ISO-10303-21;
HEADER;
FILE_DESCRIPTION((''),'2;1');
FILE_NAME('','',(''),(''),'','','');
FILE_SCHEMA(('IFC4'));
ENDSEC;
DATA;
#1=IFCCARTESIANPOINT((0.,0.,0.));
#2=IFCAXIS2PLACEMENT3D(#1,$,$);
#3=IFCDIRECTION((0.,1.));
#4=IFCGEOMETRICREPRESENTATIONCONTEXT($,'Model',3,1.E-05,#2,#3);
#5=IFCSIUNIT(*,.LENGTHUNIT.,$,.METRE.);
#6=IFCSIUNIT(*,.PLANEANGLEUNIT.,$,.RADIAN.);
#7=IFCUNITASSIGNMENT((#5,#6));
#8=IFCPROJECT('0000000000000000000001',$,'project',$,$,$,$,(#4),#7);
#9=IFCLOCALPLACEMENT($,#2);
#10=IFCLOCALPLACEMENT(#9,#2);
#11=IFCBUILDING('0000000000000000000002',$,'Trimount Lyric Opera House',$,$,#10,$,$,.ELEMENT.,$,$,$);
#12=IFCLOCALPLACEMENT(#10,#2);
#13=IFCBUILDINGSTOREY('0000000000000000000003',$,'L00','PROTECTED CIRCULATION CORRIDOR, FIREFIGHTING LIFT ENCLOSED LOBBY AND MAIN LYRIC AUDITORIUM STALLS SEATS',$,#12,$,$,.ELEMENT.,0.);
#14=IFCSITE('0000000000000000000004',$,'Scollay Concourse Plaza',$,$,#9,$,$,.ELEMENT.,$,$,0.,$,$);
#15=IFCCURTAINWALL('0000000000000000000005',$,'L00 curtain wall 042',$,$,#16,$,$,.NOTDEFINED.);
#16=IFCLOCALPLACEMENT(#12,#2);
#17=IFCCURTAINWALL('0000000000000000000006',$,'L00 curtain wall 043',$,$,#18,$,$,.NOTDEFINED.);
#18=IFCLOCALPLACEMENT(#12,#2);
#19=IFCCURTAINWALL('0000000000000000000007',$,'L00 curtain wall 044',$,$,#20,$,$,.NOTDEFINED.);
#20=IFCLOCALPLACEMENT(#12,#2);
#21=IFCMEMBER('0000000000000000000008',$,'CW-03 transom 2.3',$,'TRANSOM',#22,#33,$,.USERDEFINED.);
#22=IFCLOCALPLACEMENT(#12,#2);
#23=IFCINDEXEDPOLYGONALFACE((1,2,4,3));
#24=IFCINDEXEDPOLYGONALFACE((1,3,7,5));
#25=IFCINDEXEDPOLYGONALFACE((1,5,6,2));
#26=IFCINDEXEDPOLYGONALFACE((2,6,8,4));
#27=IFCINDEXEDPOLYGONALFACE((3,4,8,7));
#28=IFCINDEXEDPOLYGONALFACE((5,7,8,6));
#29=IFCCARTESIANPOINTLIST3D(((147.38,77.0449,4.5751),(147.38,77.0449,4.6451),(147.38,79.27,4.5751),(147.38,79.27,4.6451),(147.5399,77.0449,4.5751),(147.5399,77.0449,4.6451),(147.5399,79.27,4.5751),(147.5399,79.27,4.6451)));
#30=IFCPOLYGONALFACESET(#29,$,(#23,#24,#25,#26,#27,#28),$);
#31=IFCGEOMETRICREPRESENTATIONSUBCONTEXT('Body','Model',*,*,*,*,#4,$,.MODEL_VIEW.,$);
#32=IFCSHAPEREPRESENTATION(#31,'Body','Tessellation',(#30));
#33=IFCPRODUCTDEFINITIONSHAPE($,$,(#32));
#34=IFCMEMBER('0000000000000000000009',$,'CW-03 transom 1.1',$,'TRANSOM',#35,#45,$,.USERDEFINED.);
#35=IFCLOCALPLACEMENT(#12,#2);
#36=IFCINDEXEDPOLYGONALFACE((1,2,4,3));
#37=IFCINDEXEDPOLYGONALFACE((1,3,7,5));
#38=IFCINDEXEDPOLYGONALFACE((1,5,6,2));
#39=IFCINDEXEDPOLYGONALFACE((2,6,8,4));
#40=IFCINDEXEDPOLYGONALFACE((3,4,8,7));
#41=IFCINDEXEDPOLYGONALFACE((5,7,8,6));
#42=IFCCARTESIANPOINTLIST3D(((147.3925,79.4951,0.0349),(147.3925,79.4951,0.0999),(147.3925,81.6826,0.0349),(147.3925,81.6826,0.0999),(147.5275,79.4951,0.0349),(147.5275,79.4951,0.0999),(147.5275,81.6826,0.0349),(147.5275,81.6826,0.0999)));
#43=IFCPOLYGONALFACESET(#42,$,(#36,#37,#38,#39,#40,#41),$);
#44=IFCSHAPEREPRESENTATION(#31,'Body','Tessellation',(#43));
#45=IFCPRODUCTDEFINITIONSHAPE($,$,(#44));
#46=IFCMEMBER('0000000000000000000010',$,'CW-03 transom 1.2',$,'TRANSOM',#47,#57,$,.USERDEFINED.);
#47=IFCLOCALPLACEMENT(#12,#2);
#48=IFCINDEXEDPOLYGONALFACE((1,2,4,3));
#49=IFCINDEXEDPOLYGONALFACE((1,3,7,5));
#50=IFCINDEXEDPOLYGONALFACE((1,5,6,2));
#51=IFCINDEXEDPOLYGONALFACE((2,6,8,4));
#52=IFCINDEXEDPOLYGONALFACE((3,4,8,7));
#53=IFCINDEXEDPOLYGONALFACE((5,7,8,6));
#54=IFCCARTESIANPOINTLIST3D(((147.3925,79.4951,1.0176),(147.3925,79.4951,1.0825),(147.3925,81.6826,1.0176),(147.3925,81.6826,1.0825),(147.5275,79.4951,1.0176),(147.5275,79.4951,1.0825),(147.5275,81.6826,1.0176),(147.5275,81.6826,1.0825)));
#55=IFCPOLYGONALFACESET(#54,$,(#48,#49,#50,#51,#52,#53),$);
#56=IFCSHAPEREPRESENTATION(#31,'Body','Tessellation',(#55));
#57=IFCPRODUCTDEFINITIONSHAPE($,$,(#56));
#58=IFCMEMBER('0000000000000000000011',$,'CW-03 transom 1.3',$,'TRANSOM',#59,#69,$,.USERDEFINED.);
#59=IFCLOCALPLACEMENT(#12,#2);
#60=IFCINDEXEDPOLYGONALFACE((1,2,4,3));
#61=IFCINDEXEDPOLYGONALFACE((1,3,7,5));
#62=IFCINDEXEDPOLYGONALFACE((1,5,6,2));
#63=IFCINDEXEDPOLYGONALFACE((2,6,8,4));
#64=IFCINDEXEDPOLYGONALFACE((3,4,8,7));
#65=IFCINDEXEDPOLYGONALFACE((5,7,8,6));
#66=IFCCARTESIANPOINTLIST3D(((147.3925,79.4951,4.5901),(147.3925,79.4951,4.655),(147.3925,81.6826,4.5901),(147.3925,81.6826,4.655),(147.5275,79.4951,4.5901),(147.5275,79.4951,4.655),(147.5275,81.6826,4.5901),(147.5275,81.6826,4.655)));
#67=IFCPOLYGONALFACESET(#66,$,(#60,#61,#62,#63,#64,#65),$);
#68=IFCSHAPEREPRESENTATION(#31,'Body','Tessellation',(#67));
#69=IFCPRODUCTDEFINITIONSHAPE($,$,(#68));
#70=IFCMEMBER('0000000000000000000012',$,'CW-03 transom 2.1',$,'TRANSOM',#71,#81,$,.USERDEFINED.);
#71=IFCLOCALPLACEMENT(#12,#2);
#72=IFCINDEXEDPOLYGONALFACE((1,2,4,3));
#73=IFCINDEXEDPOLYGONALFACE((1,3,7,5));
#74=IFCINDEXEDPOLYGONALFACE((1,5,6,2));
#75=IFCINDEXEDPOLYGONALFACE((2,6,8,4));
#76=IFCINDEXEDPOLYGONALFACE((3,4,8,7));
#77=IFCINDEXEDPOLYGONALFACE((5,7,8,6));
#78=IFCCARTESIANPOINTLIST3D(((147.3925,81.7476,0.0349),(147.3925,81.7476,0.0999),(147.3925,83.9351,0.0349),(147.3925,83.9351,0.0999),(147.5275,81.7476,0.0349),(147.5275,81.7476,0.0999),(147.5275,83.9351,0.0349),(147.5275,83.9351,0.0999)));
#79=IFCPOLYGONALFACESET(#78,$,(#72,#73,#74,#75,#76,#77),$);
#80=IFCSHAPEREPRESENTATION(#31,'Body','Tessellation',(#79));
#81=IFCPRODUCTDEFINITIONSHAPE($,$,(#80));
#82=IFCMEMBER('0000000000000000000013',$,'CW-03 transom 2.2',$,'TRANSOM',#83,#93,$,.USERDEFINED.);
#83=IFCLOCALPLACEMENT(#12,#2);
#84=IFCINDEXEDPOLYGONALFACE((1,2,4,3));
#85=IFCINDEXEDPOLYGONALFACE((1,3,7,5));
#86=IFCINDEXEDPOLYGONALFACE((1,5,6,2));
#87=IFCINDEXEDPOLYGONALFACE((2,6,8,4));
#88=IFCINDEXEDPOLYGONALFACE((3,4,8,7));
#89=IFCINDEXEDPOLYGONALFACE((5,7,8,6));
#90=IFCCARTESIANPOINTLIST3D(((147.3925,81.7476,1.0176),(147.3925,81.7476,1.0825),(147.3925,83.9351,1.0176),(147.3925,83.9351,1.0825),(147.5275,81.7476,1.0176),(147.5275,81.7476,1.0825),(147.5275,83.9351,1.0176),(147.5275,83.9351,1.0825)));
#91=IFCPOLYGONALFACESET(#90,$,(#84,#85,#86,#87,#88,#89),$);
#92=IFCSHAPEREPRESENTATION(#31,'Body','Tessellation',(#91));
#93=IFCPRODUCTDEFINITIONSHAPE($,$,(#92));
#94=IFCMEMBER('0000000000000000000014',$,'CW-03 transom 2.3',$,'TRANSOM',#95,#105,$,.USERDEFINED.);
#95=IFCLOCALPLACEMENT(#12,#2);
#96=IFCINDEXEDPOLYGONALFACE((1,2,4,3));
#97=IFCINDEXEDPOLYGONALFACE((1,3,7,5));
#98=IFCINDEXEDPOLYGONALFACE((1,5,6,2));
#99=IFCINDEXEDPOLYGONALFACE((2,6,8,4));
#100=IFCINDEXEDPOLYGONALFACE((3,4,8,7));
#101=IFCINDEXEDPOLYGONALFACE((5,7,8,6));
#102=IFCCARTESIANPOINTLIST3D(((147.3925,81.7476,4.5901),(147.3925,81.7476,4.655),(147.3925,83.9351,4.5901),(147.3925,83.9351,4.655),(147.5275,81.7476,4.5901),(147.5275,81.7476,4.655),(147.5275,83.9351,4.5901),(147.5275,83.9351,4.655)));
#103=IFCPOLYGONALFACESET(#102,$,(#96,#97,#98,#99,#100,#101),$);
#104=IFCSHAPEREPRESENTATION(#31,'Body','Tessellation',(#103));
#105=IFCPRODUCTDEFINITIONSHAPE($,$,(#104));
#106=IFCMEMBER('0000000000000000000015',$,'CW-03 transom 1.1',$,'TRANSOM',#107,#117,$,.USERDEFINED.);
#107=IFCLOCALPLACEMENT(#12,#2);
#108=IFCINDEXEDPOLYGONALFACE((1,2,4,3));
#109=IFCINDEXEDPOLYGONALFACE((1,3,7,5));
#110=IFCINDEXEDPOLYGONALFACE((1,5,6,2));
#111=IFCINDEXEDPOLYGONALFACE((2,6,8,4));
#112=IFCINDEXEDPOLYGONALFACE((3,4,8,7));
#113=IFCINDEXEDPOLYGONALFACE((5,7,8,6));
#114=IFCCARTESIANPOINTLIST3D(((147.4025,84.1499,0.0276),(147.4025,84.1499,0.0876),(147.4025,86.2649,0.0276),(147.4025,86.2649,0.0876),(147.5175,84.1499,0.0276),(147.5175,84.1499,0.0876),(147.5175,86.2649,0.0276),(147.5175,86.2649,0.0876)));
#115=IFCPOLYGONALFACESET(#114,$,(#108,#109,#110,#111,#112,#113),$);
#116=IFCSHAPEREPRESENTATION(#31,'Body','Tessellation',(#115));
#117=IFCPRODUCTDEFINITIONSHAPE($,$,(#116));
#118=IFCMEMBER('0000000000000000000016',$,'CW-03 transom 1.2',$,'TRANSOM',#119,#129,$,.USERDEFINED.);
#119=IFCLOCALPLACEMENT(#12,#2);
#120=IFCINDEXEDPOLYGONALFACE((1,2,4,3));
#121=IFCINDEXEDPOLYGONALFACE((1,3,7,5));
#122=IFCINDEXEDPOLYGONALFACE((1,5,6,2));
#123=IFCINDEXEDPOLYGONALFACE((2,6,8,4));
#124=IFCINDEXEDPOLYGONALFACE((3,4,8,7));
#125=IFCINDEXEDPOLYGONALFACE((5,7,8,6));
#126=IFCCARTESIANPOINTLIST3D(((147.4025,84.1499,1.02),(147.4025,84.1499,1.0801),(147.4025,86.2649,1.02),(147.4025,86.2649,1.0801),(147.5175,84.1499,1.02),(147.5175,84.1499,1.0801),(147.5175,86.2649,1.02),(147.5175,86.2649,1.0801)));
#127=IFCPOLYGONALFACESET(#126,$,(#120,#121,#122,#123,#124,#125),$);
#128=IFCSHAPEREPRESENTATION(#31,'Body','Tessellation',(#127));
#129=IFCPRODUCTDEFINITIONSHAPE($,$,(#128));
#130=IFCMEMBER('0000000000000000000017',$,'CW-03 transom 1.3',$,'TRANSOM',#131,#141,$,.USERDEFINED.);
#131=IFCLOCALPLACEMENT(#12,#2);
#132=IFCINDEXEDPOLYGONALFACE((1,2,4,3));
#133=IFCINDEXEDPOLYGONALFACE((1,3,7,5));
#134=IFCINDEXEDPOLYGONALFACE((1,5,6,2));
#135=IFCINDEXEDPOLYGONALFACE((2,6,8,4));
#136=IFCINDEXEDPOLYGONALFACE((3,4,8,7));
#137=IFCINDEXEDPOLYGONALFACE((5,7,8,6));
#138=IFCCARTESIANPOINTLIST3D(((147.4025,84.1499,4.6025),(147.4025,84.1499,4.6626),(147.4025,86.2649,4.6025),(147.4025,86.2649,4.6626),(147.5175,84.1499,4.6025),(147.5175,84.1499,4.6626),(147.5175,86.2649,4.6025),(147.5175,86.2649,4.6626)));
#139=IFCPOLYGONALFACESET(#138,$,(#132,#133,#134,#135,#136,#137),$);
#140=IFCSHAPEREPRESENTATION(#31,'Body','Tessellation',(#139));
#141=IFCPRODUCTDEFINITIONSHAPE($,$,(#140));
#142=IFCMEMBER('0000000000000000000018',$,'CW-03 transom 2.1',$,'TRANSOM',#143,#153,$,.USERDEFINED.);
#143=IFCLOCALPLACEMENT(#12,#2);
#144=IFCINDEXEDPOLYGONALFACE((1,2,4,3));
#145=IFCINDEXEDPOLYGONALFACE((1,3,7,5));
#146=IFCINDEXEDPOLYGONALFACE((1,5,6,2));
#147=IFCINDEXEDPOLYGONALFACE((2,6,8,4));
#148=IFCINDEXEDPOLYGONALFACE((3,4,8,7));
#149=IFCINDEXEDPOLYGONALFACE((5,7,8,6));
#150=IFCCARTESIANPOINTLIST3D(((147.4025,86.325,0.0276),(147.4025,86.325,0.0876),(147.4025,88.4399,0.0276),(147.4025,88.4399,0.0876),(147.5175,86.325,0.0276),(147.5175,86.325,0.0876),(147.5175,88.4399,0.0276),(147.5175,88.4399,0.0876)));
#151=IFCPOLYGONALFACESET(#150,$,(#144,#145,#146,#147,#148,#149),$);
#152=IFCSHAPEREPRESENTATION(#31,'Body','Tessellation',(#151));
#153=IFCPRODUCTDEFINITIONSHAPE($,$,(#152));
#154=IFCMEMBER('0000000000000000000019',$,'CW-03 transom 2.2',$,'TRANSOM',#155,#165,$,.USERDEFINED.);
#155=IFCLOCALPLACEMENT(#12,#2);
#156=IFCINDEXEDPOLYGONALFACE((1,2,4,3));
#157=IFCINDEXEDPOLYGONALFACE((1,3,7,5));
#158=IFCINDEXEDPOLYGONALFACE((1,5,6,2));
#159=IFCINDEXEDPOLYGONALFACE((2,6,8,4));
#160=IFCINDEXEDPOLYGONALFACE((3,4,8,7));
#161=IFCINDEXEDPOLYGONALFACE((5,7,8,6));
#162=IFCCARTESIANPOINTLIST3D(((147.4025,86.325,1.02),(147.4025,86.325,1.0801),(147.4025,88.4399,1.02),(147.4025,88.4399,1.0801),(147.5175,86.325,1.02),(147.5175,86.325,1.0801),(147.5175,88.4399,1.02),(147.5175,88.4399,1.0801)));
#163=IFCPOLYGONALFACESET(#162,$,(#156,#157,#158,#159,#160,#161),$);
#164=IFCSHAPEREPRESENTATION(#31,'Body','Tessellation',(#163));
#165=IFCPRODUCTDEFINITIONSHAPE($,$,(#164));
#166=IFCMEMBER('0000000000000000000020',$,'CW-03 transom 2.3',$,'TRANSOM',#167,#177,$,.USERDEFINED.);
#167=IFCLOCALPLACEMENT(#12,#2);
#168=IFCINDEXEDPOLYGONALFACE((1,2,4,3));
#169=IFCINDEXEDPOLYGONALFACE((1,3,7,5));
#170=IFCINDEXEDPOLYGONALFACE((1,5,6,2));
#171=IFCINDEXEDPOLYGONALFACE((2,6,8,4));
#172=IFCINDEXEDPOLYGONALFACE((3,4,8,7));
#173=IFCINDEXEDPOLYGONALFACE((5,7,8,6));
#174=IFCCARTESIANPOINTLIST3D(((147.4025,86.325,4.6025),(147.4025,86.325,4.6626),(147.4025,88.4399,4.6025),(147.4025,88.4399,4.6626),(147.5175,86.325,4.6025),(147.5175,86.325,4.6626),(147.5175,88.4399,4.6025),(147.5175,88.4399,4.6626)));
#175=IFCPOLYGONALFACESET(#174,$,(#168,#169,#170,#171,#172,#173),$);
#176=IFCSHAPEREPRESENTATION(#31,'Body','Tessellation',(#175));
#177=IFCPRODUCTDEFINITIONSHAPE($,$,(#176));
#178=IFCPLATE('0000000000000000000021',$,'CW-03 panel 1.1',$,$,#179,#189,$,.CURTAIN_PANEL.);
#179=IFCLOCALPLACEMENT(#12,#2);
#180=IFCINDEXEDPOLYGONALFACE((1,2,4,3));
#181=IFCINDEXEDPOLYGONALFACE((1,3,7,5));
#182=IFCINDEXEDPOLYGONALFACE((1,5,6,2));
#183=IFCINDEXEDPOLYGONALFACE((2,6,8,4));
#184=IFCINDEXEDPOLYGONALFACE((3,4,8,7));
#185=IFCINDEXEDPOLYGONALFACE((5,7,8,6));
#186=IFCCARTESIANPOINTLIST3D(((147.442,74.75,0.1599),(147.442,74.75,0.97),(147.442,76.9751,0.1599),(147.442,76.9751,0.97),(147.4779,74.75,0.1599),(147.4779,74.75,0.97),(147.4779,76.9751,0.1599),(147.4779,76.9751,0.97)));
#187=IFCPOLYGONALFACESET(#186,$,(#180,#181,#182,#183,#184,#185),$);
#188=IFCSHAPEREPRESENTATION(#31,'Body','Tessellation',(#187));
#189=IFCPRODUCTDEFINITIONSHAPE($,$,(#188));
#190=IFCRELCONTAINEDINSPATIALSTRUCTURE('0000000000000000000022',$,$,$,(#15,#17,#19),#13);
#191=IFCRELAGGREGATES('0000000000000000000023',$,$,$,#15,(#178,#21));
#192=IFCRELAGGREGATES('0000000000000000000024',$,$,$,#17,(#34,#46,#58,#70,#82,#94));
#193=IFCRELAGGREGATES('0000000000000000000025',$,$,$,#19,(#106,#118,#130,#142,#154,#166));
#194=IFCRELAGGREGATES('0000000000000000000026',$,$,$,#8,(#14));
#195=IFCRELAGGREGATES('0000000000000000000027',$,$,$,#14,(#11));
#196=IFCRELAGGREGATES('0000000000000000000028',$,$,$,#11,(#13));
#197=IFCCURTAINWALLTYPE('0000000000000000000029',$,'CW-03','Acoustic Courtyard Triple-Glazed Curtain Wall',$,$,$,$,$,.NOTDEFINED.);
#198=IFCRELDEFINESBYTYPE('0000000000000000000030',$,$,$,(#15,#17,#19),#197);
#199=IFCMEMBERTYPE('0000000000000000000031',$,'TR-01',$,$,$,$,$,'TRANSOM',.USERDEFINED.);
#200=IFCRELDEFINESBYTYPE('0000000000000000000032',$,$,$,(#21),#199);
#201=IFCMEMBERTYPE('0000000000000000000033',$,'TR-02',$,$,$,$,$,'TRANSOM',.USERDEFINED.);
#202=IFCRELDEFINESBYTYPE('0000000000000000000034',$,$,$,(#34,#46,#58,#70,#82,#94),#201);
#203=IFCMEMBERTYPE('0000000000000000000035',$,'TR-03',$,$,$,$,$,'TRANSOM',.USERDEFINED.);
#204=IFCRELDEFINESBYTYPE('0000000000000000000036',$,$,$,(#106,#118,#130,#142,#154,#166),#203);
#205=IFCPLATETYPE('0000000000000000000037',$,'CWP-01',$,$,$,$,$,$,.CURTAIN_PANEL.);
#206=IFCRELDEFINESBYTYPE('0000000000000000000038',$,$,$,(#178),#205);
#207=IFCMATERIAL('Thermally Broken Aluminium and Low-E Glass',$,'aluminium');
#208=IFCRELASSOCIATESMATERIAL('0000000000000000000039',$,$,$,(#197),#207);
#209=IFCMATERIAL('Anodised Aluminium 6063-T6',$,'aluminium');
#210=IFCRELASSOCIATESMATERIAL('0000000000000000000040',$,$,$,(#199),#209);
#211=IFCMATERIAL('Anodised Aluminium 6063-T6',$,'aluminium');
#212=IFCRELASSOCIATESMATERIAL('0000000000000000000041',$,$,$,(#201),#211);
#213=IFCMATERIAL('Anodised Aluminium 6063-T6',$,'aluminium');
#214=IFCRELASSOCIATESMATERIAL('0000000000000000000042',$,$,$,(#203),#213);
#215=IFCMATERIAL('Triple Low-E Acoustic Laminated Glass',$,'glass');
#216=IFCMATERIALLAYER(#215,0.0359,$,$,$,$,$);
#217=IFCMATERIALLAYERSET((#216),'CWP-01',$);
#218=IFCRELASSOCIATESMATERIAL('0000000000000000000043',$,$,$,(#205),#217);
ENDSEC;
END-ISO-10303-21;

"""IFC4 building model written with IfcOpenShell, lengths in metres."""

from ifc_helpers import new_model, si_unit, direction, frame, origin, origin_2d, place, context, subcontext, project, spatial, rectangle, extrude, material, layer, layer_set, material_profile, profile_set, type_object, element, aggregate, save


model = new_model("IFC4")

# Units and contexts
model_context = context("Model", 3, precision=1e-05, world=origin(), true_north=direction((0.0, 1.0)))
body_context = subcontext(model_context, "Body", "Model", "MODEL_VIEW")
ifc_project = project(units=[si_unit("LENGTHUNIT", "METRE"), si_unit("PLANEANGLEUNIT", "RADIAN")], contexts=[model_context])

# Site, building, storey
site_placement = place(None, origin())
site = spatial("IfcSite", under=ifc_project, at=site_placement, Name="Scollay Concourse Plaza", CompositionType="ELEMENT", RefElevation=0.0)
building_placement = place(site_placement, origin())
building = spatial("IfcBuilding", under=site, at=building_placement, Name="Trimount Lyric Opera House", CompositionType="ELEMENT")
storey_placement = place(building_placement, origin())
storey = spatial("IfcBuildingStorey", under=building, at=storey_placement, Name="L00", Description="PROTECTED CIRCULATION CORRIDOR, FIREFIGHTING LIFT ENCLOSED LOBBY AND MAIN LYRIC AUDITORIUM STALLS SEATS", CompositionType="ELEMENT", Elevation=0.0)

# Curtain walls
ifc_material_1 = material(Name="Thermally Broken Aluminium and Low-E Glass", Category="aluminium")
curtain_wall_type = type_object("IfcCurtainWallType", Name="CW-03", Description="Acoustic Courtyard Triple-Glazed Curtain Wall", PredefinedType="NOTDEFINED", material=ifc_material_1)
curtain_wall_1_placement = place(storey_placement, origin())
curtain_wall_1 = element("IfcCurtainWall", 1, at=curtain_wall_1_placement, inside=storey, type_object=curtain_wall_type, Name="L00 curtain wall 042", PredefinedType="NOTDEFINED")
curtain_wall_2_placement = place(storey_placement, origin())
curtain_wall_2 = element("IfcCurtainWall", 2, at=curtain_wall_2_placement, inside=storey, type_object=curtain_wall_type, Name="L00 curtain wall 043", PredefinedType="NOTDEFINED")

# Curtain wall
curtain_wall_3_placement = place(storey_placement, origin())
curtain_wall_3 = element("IfcCurtainWall", 3, at=curtain_wall_3_placement, inside=storey, type_object=curtain_wall_type, Name="L00 curtain wall 044", PredefinedType="NOTDEFINED")

# Members
ifc_material_2 = material(Name="Anodised Aluminium 6063-T6", Category="aluminium")
ifc_material_profile_1 = material_profile(ifc_material_2, rectangle(XDim=0.1599, YDim=0.0701, at=origin_2d()), Name="ALU-TRAN-70X160")
ifc_profile_set_1 = profile_set([ifc_material_profile_1], Name="Anodised Aluminium 6063-T6")
member_type_1 = type_object("IfcMemberType", Name="TR-01", ElementType="TRANSOM", PredefinedType="USERDEFINED", material=ifc_profile_set_1)
member_1_placement = place(storey_placement, frame((147.46, 77.0449, 4.6101), z_axis=(0.0, 1.0, 0.0), x_axis=(-1.0, 0.0, 0.0)))
member_1 = element("IfcMember", 4, at=member_1_placement, type_object=member_type_1, Name="CW-03 transom 2.3", ObjectType="TRANSOM", PredefinedType="USERDEFINED", context=body_context, shape_type="SweptSolid", body=[
    extrude(rectangle(XDim=0.1599, YDim=0.0701, at=origin_2d()), origin(), (0.0, 0.0, 1.0), 2.2251),
])
ifc_material_3 = material(Name="Anodised Aluminium 6063-T6", Category="aluminium")
ifc_material_profile_2 = material_profile(ifc_material_3, rectangle(XDim=0.135, YDim=0.0649, at=origin_2d()), Name="ALU-TRAN-65X135")
ifc_profile_set_2 = profile_set([ifc_material_profile_2], Name="Anodised Aluminium 6063-T6")
member_type_2 = type_object("IfcMemberType", Name="TR-02", ElementType="TRANSOM", PredefinedType="USERDEFINED", material=ifc_profile_set_2)
member_2_placement = place(storey_placement, frame((147.46, 79.4951, 0.0674), z_axis=(0.0, 1.0, 0.0), x_axis=(-1.0, 0.0, 0.0)))
member_2 = element("IfcMember", 5, at=member_2_placement, type_object=member_type_2, Name="CW-03 transom 1.1", ObjectType="TRANSOM", PredefinedType="USERDEFINED", context=body_context, shape_type="SweptSolid", body=[
    extrude(rectangle(XDim=0.135, YDim=0.0649, at=origin_2d()), origin(), (0.0, 0.0, 1.0), 2.1875),
])
member_3_placement = place(storey_placement, frame((147.46, 79.4951, 1.05), z_axis=(0.0, 1.0, 0.0), x_axis=(-1.0, 0.0, 0.0)))
member_3 = element("IfcMember", 6, at=member_3_placement, type_object=member_type_2, Name="CW-03 transom 1.2", ObjectType="TRANSOM", PredefinedType="USERDEFINED", context=body_context, shape_type="SweptSolid", body=[
    extrude(rectangle(XDim=0.135, YDim=0.0649, at=origin_2d()), origin(), (0.0, 0.0, 1.0), 2.1875),
])
member_4_placement = place(storey_placement, frame((147.46, 79.4951, 4.6226), z_axis=(0.0, 1.0, 0.0), x_axis=(-1.0, 0.0, 0.0)))
member_4 = element("IfcMember", 7, at=member_4_placement, type_object=member_type_2, Name="CW-03 transom 1.3", ObjectType="TRANSOM", PredefinedType="USERDEFINED", context=body_context, shape_type="SweptSolid", body=[
    extrude(rectangle(XDim=0.135, YDim=0.0649, at=origin_2d()), origin(), (0.0, 0.0, 1.0), 2.1875),
])
member_5_placement = place(storey_placement, frame((147.46, 81.7476, 0.0674), z_axis=(0.0, 1.0, 0.0), x_axis=(-1.0, 0.0, 0.0)))
member_5 = element("IfcMember", 8, at=member_5_placement, type_object=member_type_2, Name="CW-03 transom 2.1", ObjectType="TRANSOM", PredefinedType="USERDEFINED", context=body_context, shape_type="SweptSolid", body=[
    extrude(rectangle(XDim=0.135, YDim=0.0649, at=origin_2d()), origin(), (0.0, 0.0, 1.0), 2.1875),
])
member_6_placement = place(storey_placement, frame((147.46, 81.7476, 1.05), z_axis=(0.0, 1.0, 0.0), x_axis=(-1.0, 0.0, 0.0)))
member_6 = element("IfcMember", 9, at=member_6_placement, type_object=member_type_2, Name="CW-03 transom 2.2", ObjectType="TRANSOM", PredefinedType="USERDEFINED", context=body_context, shape_type="SweptSolid", body=[
    extrude(rectangle(XDim=0.135, YDim=0.0649, at=origin_2d()), origin(), (0.0, 0.0, 1.0), 2.1875),
])
member_7_placement = place(storey_placement, frame((147.46, 81.7476, 4.6226), z_axis=(0.0, 1.0, 0.0), x_axis=(-1.0, 0.0, 0.0)))
member_7 = element("IfcMember", 10, at=member_7_placement, type_object=member_type_2, Name="CW-03 transom 2.3", ObjectType="TRANSOM", PredefinedType="USERDEFINED", context=body_context, shape_type="SweptSolid", body=[
    extrude(rectangle(XDim=0.135, YDim=0.0649, at=origin_2d()), origin(), (0.0, 0.0, 1.0), 2.1875),
])
ifc_material_4 = material(Name="Anodised Aluminium 6063-T6", Category="aluminium")
ifc_material_profile_3 = material_profile(ifc_material_4, rectangle(XDim=0.115, YDim=0.0601, at=origin_2d()), Name="ALU-TRAN-60X115")
ifc_profile_set_3 = profile_set([ifc_material_profile_3], Name="Anodised Aluminium 6063-T6")
member_type_3 = type_object("IfcMemberType", Name="TR-03", ElementType="TRANSOM", PredefinedType="USERDEFINED", material=ifc_profile_set_3)
member_8_placement = place(storey_placement, frame((147.46, 84.1499, 0.0576), z_axis=(0.0, 1.0, 0.0), x_axis=(-1.0, 0.0, 0.0)))
member_8 = element("IfcMember", 11, at=member_8_placement, type_object=member_type_3, Name="CW-03 transom 1.1", ObjectType="TRANSOM", PredefinedType="USERDEFINED", context=body_context, shape_type="SweptSolid", body=[
    extrude(rectangle(XDim=0.115, YDim=0.0601, at=origin_2d()), origin(), (0.0, 0.0, 1.0), 2.115),
])
member_9_placement = place(storey_placement, frame((147.46, 84.1499, 1.05), z_axis=(0.0, 1.0, 0.0), x_axis=(-1.0, 0.0, 0.0)))
member_9 = element("IfcMember", 12, at=member_9_placement, type_object=member_type_3, Name="CW-03 transom 1.2", ObjectType="TRANSOM", PredefinedType="USERDEFINED", context=body_context, shape_type="SweptSolid", body=[
    extrude(rectangle(XDim=0.115, YDim=0.0601, at=origin_2d()), origin(), (0.0, 0.0, 1.0), 2.115),
])
member_10_placement = place(storey_placement, frame((147.46, 84.1499, 4.6326), z_axis=(0.0, 1.0, 0.0), x_axis=(-1.0, 0.0, 0.0)))
member_10 = element("IfcMember", 13, at=member_10_placement, type_object=member_type_3, Name="CW-03 transom 1.3", ObjectType="TRANSOM", PredefinedType="USERDEFINED", context=body_context, shape_type="SweptSolid", body=[
    extrude(rectangle(XDim=0.115, YDim=0.0601, at=origin_2d()), origin(), (0.0, 0.0, 1.0), 2.115),
])
member_11_placement = place(storey_placement, frame((147.46, 86.325, 0.0576), z_axis=(0.0, 1.0, 0.0), x_axis=(-1.0, 0.0, 0.0)))
member_11 = element("IfcMember", 14, at=member_11_placement, type_object=member_type_3, Name="CW-03 transom 2.1", ObjectType="TRANSOM", PredefinedType="USERDEFINED", context=body_context, shape_type="SweptSolid", body=[
    extrude(rectangle(XDim=0.115, YDim=0.0601, at=origin_2d()), origin(), (0.0, 0.0, 1.0), 2.115),
])
member_12_placement = place(storey_placement, frame((147.46, 86.325, 1.05), z_axis=(0.0, 1.0, 0.0), x_axis=(-1.0, 0.0, 0.0)))
member_12 = element("IfcMember", 15, at=member_12_placement, type_object=member_type_3, Name="CW-03 transom 2.2", ObjectType="TRANSOM", PredefinedType="USERDEFINED", context=body_context, shape_type="SweptSolid", body=[
    extrude(rectangle(XDim=0.115, YDim=0.0601, at=origin_2d()), origin(), (0.0, 0.0, 1.0), 2.115),
])
member_13_placement = place(storey_placement, frame((147.46, 86.325, 4.6326), z_axis=(0.0, 1.0, 0.0), x_axis=(-1.0, 0.0, 0.0)))
member_13 = element("IfcMember", 16, at=member_13_placement, type_object=member_type_3, Name="CW-03 transom 2.3", ObjectType="TRANSOM", PredefinedType="USERDEFINED", context=body_context, shape_type="SweptSolid", body=[
    extrude(rectangle(XDim=0.115, YDim=0.0601, at=origin_2d()), origin(), (0.0, 0.0, 1.0), 2.115),
])

# Plate
ifc_material_5 = material(Name="Triple Low-E Acoustic Laminated Glass", Category="glass")
ifc_layer_1 = layer(ifc_material_5, 0.0359)
ifc_layer_set_1 = layer_set([ifc_layer_1], Name="CWP-01")
plate_type_1 = type_object("IfcPlateType", Name="CWP-01", PredefinedType="CURTAIN_PANEL", material=ifc_layer_set_1)
plate_1_placement = place(storey_placement, frame((147.46, 75.8625, 0.1599), z_axis=(0.0, 0.0, 1.0), x_axis=(0.0, 1.0, 0.0)))
plate_1 = element("IfcPlate", 17, at=plate_1_placement, type_object=plate_type_1, Name="CW-03 panel 1.1", PredefinedType="CURTAIN_PANEL", context=body_context, shape_type="SweptSolid", body=[
    extrude(rectangle(XDim=2.2251, YDim=0.0359, at=origin_2d()), origin(), (0.0, 0.0, 1.0), 0.8101),
])
aggregate(curtain_wall_1, [plate_1, member_1])
aggregate(curtain_wall_2, [member_2, member_3, member_4, member_5, member_6, member_7])
aggregate(curtain_wall_3, [member_8, member_9, member_10, member_11, member_12, member_13])

save(model, "model.ifc")
